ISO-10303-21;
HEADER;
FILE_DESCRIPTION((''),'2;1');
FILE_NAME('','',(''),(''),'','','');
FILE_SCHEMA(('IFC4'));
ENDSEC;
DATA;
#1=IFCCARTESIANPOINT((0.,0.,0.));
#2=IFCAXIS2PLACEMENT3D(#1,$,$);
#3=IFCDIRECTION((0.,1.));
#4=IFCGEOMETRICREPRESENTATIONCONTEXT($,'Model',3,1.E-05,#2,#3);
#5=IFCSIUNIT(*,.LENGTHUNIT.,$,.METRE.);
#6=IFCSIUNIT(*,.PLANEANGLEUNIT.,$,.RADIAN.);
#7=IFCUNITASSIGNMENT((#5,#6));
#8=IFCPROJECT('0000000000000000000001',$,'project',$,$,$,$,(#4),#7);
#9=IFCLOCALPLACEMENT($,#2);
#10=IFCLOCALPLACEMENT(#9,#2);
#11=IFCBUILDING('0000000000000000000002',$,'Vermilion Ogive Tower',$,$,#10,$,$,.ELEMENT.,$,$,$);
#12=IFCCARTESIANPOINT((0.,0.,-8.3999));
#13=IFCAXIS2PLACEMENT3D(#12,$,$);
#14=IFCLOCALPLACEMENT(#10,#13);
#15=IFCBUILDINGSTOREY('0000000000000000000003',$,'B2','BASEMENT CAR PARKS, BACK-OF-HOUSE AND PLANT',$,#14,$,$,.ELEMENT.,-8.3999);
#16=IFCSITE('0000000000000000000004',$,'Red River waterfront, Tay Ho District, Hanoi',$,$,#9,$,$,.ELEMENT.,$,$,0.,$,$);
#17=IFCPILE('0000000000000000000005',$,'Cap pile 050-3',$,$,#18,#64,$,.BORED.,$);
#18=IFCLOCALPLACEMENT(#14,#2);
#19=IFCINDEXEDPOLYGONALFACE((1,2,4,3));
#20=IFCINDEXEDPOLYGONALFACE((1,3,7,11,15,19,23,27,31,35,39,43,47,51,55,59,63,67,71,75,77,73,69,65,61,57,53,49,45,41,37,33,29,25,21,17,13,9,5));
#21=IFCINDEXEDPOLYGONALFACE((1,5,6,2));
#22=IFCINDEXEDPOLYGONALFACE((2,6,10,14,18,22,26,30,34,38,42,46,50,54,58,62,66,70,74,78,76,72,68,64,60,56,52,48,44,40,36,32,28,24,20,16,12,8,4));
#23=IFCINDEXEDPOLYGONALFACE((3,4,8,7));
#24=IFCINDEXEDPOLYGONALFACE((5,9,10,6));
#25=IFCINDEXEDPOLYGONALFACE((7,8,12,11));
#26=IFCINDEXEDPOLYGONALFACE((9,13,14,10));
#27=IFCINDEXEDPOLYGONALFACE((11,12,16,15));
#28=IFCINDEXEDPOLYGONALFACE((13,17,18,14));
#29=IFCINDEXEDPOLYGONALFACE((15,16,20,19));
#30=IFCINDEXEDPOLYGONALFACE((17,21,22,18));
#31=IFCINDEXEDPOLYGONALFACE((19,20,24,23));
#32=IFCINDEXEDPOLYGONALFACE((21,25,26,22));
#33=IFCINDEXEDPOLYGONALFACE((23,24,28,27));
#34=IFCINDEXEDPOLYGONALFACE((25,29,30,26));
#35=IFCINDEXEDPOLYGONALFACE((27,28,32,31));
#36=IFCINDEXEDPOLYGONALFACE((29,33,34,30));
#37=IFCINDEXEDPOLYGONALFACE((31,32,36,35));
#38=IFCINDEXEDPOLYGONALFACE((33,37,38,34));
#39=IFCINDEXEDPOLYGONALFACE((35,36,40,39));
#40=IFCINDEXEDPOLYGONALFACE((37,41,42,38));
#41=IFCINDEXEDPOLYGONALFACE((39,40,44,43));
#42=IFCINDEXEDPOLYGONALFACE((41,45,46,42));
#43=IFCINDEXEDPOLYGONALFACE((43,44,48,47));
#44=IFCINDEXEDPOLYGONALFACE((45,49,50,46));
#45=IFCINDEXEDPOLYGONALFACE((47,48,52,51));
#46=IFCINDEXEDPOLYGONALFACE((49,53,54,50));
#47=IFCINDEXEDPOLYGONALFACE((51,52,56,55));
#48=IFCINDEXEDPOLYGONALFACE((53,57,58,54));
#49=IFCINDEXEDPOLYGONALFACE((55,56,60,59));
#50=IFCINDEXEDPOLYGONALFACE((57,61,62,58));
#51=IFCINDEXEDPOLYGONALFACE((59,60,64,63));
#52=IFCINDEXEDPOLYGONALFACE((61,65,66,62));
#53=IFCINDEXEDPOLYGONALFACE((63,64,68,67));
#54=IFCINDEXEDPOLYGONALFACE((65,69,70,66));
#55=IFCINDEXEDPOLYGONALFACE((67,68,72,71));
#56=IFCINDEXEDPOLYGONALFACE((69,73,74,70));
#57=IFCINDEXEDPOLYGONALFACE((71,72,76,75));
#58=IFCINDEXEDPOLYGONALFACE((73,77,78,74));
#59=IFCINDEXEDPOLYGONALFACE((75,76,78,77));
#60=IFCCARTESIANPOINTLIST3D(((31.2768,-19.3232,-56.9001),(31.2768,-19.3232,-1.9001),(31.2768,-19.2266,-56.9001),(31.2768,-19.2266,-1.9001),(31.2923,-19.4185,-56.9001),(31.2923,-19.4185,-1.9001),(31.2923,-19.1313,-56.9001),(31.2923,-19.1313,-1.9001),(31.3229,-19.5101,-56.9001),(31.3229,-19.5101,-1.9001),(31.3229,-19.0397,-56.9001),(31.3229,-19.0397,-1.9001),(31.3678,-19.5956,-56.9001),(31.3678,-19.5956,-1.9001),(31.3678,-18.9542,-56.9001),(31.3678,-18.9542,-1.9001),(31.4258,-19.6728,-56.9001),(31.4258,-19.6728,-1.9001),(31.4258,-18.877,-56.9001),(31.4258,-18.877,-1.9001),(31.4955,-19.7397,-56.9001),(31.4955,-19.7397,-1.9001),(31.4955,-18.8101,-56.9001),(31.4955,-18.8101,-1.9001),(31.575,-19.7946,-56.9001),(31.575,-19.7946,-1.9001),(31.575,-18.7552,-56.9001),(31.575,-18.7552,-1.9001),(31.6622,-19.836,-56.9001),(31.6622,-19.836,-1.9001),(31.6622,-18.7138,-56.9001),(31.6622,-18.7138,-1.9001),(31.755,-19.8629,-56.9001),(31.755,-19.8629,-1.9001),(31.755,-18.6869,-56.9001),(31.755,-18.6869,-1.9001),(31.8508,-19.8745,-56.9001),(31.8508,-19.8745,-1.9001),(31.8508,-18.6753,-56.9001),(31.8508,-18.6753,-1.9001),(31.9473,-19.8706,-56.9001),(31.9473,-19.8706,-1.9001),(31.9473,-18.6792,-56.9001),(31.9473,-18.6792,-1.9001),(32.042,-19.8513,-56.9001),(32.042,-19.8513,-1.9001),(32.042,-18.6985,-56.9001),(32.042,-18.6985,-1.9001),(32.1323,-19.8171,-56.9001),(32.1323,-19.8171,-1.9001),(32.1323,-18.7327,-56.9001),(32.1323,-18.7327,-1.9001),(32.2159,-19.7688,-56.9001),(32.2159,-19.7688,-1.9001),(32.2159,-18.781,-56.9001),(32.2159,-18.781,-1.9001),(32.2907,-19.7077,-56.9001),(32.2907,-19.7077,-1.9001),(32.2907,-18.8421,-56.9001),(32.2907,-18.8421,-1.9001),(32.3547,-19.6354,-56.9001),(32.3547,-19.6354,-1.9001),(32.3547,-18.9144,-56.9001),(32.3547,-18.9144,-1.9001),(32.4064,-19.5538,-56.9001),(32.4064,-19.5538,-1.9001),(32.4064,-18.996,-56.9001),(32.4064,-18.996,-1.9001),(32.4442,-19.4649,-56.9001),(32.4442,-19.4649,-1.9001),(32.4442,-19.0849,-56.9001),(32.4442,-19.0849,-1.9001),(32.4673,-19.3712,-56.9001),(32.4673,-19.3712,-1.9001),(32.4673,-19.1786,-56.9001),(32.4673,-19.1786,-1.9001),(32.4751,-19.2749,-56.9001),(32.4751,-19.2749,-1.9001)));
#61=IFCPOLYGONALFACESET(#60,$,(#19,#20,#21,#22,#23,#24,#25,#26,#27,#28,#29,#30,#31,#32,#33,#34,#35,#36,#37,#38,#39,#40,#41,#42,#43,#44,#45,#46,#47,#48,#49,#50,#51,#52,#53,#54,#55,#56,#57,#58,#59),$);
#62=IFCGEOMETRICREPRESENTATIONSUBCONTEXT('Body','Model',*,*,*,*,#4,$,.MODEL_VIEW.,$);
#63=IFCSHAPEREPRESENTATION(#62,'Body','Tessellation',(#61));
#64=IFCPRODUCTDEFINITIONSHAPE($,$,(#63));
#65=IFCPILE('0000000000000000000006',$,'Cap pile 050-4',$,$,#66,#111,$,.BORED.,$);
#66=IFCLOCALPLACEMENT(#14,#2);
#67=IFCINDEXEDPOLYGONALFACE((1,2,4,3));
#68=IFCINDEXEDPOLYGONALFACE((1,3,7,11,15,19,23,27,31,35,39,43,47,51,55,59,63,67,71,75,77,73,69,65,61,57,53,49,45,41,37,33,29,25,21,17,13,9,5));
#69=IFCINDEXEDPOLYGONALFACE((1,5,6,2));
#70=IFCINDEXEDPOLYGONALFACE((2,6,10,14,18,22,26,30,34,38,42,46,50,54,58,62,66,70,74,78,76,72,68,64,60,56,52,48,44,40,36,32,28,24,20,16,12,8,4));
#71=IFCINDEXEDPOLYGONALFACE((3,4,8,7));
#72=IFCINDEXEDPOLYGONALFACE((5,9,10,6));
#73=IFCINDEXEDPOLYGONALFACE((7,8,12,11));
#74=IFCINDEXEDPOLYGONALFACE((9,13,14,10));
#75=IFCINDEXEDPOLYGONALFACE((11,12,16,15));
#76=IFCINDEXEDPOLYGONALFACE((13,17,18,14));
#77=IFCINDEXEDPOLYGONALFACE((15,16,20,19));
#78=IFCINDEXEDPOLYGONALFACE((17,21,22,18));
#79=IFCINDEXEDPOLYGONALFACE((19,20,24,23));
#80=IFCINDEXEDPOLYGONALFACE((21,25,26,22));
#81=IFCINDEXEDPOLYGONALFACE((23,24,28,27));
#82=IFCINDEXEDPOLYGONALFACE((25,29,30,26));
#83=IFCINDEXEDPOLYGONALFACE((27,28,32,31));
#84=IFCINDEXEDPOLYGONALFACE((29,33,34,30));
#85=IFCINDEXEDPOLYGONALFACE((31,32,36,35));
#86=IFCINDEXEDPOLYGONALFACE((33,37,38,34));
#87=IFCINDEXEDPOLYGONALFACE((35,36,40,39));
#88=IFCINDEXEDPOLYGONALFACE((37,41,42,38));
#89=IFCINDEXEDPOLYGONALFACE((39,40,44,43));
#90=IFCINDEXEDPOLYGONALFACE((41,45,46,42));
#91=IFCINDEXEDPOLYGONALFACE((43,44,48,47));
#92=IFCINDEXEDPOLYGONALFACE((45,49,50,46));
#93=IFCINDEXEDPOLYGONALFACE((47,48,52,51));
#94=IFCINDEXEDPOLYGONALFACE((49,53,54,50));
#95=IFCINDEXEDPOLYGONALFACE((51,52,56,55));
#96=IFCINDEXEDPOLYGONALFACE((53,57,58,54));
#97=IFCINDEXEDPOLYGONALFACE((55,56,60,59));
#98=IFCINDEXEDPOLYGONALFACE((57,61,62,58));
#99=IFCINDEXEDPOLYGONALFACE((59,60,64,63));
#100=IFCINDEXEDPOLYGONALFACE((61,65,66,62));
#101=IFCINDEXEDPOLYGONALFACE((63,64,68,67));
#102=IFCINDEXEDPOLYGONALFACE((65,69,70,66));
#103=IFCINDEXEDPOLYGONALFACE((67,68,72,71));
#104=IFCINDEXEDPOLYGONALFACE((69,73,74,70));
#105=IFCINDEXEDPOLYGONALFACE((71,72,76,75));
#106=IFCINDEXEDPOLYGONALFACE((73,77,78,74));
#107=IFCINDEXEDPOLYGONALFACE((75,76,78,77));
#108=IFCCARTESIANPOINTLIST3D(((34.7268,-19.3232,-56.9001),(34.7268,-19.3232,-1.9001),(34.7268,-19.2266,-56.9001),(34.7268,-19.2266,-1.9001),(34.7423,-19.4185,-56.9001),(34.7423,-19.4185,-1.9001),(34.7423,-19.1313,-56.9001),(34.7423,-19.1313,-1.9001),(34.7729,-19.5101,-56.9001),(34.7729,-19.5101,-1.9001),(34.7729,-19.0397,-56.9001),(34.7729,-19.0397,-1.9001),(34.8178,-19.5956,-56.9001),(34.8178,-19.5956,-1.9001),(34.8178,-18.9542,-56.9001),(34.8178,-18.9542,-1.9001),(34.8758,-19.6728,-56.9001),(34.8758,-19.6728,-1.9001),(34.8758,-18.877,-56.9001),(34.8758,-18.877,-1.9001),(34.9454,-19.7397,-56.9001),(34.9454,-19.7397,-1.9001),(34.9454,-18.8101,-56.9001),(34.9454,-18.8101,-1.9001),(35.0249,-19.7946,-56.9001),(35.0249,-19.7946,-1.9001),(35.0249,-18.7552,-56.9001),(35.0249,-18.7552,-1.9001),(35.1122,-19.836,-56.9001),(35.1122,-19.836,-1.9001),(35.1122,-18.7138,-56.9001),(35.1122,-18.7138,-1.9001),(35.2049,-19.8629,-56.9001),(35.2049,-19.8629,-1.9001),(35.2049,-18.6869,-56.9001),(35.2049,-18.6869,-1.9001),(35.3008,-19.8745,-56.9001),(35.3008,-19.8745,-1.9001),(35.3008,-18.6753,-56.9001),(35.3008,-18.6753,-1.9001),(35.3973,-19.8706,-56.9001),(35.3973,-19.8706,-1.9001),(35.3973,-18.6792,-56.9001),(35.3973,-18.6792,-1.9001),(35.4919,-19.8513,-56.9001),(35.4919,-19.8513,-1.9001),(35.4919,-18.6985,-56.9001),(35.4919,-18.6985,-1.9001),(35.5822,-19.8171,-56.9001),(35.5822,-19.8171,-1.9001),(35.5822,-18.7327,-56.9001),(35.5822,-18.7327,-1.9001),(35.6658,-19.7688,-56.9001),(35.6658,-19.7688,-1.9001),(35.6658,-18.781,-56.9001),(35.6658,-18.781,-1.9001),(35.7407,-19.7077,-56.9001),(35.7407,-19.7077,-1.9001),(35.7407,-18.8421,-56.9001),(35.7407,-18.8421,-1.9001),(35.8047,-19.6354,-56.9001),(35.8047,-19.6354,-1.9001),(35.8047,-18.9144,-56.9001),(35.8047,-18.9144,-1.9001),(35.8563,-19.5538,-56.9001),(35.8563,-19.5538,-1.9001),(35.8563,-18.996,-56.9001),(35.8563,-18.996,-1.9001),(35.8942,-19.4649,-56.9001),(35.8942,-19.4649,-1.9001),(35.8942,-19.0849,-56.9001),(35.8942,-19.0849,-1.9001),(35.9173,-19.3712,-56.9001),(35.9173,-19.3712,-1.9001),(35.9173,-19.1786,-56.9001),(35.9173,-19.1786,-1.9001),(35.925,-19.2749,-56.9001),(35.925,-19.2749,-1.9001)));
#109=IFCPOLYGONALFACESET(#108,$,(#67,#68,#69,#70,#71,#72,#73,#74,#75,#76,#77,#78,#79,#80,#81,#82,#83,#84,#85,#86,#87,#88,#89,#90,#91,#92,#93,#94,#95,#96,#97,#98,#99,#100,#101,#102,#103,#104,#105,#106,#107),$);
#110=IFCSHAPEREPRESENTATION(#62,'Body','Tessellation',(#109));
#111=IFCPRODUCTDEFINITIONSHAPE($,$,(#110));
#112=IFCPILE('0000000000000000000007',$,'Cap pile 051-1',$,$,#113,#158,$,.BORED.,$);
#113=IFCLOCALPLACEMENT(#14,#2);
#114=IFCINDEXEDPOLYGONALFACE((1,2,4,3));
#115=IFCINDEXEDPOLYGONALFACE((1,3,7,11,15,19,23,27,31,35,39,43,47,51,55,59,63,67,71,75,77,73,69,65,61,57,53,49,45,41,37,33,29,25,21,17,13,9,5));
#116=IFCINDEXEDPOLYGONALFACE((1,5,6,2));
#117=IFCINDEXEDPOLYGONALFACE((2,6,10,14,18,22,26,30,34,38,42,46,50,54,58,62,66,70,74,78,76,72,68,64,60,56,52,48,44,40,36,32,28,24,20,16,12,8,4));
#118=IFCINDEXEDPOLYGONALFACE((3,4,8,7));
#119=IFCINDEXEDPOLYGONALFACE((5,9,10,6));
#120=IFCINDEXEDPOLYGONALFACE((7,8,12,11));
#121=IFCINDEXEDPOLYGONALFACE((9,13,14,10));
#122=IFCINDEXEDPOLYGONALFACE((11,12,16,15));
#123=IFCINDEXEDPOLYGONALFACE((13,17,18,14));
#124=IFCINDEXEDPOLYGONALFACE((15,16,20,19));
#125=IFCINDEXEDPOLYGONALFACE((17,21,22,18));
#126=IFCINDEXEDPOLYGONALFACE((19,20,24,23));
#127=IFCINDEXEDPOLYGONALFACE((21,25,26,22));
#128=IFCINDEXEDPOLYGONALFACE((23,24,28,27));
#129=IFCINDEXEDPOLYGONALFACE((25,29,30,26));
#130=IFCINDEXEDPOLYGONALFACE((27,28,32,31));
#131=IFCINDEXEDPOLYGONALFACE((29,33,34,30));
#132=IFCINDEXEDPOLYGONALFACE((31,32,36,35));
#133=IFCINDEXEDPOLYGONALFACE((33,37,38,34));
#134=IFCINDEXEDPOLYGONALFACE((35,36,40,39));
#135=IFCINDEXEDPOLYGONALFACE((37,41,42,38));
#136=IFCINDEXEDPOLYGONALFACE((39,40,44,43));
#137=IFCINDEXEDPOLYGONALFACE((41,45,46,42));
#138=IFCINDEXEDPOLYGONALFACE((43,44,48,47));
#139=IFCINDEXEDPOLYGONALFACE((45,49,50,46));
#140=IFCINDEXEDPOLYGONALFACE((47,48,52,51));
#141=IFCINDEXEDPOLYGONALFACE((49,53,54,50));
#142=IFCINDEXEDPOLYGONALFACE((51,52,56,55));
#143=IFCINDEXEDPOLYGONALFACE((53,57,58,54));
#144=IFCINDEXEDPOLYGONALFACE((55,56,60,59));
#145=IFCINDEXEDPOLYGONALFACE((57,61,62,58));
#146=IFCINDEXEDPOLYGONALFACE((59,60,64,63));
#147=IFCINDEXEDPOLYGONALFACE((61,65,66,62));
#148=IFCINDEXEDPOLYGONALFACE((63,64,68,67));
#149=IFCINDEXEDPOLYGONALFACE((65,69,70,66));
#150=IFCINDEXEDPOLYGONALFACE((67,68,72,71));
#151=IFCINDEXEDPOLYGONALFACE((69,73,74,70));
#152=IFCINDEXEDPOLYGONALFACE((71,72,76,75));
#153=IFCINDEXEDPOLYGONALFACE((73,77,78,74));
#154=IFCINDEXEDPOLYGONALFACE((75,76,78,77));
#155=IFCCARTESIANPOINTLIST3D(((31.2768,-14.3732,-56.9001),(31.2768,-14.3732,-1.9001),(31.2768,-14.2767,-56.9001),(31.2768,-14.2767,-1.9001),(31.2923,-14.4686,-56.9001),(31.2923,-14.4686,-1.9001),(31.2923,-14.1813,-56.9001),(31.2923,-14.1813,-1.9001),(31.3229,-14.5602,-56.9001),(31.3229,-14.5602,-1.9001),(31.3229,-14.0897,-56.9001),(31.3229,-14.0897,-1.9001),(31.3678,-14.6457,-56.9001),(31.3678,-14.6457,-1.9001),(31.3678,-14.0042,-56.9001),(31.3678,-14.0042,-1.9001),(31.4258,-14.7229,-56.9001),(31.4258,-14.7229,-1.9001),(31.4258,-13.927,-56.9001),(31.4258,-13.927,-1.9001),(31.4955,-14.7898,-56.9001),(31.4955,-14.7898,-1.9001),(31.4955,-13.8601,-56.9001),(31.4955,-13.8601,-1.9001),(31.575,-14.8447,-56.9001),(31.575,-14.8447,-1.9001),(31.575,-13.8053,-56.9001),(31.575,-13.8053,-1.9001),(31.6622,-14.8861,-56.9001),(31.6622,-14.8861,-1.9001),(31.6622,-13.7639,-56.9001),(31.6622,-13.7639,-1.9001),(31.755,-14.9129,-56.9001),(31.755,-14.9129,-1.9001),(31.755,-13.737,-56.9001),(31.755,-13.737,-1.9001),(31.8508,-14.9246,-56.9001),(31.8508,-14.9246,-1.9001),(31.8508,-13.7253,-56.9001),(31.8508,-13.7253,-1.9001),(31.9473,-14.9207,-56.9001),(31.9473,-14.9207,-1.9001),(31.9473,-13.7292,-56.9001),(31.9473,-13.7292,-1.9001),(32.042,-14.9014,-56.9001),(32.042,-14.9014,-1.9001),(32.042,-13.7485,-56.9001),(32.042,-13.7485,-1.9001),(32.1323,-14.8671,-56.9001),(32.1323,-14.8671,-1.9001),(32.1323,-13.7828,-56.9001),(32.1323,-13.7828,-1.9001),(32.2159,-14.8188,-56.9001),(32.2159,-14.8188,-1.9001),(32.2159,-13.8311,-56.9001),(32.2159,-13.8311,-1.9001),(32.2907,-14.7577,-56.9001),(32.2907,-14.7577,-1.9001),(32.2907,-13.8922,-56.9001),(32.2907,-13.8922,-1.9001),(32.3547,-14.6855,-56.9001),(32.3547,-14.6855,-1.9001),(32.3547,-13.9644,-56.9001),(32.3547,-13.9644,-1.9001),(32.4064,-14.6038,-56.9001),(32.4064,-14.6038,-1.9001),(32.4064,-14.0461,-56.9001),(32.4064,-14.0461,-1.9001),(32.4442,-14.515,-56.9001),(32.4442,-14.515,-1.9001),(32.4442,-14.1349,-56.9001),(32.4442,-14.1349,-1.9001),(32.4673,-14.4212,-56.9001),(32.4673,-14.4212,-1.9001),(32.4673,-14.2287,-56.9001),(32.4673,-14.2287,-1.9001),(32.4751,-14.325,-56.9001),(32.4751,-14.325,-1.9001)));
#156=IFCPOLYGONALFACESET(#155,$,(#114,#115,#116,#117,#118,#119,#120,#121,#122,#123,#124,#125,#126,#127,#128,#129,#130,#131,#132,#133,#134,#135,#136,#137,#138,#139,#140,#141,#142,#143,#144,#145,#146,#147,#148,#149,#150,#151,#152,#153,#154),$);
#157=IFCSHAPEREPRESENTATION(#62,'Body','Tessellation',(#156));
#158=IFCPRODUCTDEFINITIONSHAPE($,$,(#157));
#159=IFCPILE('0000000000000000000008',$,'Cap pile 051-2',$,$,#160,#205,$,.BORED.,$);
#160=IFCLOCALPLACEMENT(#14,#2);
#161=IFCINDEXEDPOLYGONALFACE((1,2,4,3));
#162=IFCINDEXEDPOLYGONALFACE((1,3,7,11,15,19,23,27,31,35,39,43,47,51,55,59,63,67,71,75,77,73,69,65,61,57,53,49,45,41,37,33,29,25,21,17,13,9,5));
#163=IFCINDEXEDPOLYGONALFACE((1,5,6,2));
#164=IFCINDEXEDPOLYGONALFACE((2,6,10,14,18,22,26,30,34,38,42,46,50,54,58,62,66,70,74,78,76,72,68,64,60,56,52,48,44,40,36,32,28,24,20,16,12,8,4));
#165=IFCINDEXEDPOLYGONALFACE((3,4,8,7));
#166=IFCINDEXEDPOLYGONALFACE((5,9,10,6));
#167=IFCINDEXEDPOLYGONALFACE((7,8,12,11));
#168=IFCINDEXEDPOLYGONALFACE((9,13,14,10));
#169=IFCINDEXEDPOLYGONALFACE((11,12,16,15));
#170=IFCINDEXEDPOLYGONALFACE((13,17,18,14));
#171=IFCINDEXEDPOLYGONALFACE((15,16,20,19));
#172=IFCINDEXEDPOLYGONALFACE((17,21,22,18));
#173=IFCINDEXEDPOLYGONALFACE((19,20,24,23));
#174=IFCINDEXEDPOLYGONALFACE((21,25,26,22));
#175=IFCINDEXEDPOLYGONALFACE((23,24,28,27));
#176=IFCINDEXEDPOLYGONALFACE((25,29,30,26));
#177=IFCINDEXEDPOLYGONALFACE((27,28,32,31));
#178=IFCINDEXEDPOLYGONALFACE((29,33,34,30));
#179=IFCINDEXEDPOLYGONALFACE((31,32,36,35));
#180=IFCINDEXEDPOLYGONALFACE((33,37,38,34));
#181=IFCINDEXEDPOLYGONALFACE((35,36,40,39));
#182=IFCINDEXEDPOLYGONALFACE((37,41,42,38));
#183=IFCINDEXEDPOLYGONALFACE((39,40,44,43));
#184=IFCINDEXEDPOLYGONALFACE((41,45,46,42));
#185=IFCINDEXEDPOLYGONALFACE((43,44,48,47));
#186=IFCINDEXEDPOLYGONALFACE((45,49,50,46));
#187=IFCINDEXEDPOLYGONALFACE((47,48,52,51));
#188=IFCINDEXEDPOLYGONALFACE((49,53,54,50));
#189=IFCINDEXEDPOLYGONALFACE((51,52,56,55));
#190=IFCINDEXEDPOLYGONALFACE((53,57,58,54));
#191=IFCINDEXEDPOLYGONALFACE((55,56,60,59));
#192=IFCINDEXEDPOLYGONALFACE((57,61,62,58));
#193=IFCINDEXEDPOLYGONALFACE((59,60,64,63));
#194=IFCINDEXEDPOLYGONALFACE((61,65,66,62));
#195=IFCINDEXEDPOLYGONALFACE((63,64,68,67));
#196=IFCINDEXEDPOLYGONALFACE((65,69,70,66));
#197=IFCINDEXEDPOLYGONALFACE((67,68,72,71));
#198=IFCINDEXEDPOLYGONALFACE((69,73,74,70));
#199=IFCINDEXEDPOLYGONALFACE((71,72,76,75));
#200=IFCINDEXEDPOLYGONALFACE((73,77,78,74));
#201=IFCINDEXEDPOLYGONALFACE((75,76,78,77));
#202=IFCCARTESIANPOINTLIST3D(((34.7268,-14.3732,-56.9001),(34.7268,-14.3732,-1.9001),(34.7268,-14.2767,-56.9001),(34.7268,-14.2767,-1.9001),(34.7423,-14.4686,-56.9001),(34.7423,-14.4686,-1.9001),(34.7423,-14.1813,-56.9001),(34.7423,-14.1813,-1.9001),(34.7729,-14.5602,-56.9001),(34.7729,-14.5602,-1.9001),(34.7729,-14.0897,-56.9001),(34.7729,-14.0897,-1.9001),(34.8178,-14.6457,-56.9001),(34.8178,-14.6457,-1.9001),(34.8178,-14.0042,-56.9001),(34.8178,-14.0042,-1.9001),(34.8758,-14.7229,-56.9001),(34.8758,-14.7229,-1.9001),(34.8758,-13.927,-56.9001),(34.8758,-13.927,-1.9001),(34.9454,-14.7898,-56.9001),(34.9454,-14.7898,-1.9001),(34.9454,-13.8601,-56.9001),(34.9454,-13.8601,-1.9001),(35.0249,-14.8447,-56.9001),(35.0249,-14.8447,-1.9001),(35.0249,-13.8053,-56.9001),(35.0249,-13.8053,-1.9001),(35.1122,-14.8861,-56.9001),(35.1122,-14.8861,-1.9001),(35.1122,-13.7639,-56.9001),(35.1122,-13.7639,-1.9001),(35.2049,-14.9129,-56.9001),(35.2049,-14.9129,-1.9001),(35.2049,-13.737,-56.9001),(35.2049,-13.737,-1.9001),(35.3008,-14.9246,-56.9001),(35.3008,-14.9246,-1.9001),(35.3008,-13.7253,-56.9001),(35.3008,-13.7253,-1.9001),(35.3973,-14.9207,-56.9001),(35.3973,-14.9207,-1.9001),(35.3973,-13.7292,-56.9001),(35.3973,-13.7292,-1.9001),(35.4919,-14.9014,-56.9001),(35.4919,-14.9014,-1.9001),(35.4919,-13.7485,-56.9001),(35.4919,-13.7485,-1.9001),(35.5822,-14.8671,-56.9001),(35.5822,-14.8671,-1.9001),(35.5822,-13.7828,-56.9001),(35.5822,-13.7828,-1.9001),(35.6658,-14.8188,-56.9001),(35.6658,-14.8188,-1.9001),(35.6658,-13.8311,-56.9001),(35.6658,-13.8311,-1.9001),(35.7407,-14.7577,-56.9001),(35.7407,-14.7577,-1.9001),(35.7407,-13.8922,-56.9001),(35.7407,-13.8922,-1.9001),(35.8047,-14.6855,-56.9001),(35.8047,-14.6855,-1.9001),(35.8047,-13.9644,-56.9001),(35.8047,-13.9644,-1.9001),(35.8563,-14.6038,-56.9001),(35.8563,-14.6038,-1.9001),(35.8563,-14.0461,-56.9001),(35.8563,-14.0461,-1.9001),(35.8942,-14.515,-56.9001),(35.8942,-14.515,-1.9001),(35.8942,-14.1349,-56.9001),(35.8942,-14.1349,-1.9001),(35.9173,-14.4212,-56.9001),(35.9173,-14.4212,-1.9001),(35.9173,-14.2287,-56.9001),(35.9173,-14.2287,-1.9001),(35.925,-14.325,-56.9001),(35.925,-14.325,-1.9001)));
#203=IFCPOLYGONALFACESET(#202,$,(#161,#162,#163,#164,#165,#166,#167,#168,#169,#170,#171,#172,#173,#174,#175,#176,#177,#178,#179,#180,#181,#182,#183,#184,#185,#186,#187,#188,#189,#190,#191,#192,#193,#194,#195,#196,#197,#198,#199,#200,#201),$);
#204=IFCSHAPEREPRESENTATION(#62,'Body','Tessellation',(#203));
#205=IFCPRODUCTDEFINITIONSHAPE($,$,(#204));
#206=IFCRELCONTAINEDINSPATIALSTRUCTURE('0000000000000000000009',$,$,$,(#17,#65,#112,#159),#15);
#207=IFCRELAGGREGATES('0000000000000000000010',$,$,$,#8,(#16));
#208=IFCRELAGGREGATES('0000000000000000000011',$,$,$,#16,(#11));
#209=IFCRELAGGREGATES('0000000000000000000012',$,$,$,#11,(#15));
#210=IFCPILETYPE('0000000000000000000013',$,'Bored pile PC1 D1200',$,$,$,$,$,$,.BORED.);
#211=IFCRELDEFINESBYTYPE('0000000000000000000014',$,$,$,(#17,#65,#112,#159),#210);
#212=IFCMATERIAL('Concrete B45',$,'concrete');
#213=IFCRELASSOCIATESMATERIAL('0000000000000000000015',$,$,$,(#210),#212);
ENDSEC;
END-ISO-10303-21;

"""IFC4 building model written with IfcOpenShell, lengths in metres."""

from ifc_helpers import new_model, si_unit, direction, frame, origin, origin_2d, place, context, subcontext, project, spatial, circle, extrude, material, type_object, element, save


model = new_model("IFC4")

# Units and contexts
model_context = context("Model", 3, precision=1e-05, world=origin(), true_north=direction((0.0, 1.0)))
body_context = subcontext(model_context, "Body", "Model", "MODEL_VIEW")
ifc_project = project(units=[si_unit("LENGTHUNIT", "METRE"), si_unit("PLANEANGLEUNIT", "RADIAN")], contexts=[model_context])

# Site, building, storey
site_placement = place(None, origin())
site = spatial("IfcSite", under=ifc_project, at=site_placement, Name="Red River waterfront, Tay Ho District, Hanoi", CompositionType="ELEMENT", RefElevation=0.0)
building_placement = place(site_placement, origin())
building = spatial("IfcBuilding", under=site, at=building_placement, Name="Vermilion Ogive Tower", CompositionType="ELEMENT")
storey_placement = place(building_placement, frame((0.0, 0.0, -8.3999)))
storey = spatial("IfcBuildingStorey", under=building, at=storey_placement, Name="B2", Description="BASEMENT CAR PARKS, BACK-OF-HOUSE AND PLANT", CompositionType="ELEMENT", Elevation=-8.3999)

# Piles
ifc_material_1 = material(Name="Concrete B45", Category="concrete")
pile_type = type_object("IfcPileType", Name="Bored pile PC1 D1200", PredefinedType="BORED", material=ifc_material_1)
for number, where, z_axis, x_axis, name in (
    (1, (31.875, -19.2749, -1.9001), (0.0, 0.0, -1.0), (1.0, 0.0, 0.0), "Cap pile 050-3"),
    (2, (35.325, -19.2749, -1.9001), (0.0, 0.0, -1.0), (1.0, 0.0, 0.0), "Cap pile 050-4"),
    (3, (31.875, -14.325, -1.9001), (0.0, 0.0, -1.0), (1.0, 0.0, 0.0), "Cap pile 051-1"),
    (4, (35.325, -14.325, -1.9001), (0.0, 0.0, -1.0), (1.0, 0.0, 0.0), "Cap pile 051-2"),
):
    element("IfcPile", number, at=place(storey_placement, frame(where, z_axis=z_axis, x_axis=x_axis)), inside=storey, type_object=pile_type, Name=name, PredefinedType="BORED", context=body_context, shape_type="SweptSolid", body=[
        extrude(circle(Radius=0.6001, at=origin_2d()), origin(), (0.0, 0.0, 1.0), 55.0),
    ])

save(model, "model.ifc")
